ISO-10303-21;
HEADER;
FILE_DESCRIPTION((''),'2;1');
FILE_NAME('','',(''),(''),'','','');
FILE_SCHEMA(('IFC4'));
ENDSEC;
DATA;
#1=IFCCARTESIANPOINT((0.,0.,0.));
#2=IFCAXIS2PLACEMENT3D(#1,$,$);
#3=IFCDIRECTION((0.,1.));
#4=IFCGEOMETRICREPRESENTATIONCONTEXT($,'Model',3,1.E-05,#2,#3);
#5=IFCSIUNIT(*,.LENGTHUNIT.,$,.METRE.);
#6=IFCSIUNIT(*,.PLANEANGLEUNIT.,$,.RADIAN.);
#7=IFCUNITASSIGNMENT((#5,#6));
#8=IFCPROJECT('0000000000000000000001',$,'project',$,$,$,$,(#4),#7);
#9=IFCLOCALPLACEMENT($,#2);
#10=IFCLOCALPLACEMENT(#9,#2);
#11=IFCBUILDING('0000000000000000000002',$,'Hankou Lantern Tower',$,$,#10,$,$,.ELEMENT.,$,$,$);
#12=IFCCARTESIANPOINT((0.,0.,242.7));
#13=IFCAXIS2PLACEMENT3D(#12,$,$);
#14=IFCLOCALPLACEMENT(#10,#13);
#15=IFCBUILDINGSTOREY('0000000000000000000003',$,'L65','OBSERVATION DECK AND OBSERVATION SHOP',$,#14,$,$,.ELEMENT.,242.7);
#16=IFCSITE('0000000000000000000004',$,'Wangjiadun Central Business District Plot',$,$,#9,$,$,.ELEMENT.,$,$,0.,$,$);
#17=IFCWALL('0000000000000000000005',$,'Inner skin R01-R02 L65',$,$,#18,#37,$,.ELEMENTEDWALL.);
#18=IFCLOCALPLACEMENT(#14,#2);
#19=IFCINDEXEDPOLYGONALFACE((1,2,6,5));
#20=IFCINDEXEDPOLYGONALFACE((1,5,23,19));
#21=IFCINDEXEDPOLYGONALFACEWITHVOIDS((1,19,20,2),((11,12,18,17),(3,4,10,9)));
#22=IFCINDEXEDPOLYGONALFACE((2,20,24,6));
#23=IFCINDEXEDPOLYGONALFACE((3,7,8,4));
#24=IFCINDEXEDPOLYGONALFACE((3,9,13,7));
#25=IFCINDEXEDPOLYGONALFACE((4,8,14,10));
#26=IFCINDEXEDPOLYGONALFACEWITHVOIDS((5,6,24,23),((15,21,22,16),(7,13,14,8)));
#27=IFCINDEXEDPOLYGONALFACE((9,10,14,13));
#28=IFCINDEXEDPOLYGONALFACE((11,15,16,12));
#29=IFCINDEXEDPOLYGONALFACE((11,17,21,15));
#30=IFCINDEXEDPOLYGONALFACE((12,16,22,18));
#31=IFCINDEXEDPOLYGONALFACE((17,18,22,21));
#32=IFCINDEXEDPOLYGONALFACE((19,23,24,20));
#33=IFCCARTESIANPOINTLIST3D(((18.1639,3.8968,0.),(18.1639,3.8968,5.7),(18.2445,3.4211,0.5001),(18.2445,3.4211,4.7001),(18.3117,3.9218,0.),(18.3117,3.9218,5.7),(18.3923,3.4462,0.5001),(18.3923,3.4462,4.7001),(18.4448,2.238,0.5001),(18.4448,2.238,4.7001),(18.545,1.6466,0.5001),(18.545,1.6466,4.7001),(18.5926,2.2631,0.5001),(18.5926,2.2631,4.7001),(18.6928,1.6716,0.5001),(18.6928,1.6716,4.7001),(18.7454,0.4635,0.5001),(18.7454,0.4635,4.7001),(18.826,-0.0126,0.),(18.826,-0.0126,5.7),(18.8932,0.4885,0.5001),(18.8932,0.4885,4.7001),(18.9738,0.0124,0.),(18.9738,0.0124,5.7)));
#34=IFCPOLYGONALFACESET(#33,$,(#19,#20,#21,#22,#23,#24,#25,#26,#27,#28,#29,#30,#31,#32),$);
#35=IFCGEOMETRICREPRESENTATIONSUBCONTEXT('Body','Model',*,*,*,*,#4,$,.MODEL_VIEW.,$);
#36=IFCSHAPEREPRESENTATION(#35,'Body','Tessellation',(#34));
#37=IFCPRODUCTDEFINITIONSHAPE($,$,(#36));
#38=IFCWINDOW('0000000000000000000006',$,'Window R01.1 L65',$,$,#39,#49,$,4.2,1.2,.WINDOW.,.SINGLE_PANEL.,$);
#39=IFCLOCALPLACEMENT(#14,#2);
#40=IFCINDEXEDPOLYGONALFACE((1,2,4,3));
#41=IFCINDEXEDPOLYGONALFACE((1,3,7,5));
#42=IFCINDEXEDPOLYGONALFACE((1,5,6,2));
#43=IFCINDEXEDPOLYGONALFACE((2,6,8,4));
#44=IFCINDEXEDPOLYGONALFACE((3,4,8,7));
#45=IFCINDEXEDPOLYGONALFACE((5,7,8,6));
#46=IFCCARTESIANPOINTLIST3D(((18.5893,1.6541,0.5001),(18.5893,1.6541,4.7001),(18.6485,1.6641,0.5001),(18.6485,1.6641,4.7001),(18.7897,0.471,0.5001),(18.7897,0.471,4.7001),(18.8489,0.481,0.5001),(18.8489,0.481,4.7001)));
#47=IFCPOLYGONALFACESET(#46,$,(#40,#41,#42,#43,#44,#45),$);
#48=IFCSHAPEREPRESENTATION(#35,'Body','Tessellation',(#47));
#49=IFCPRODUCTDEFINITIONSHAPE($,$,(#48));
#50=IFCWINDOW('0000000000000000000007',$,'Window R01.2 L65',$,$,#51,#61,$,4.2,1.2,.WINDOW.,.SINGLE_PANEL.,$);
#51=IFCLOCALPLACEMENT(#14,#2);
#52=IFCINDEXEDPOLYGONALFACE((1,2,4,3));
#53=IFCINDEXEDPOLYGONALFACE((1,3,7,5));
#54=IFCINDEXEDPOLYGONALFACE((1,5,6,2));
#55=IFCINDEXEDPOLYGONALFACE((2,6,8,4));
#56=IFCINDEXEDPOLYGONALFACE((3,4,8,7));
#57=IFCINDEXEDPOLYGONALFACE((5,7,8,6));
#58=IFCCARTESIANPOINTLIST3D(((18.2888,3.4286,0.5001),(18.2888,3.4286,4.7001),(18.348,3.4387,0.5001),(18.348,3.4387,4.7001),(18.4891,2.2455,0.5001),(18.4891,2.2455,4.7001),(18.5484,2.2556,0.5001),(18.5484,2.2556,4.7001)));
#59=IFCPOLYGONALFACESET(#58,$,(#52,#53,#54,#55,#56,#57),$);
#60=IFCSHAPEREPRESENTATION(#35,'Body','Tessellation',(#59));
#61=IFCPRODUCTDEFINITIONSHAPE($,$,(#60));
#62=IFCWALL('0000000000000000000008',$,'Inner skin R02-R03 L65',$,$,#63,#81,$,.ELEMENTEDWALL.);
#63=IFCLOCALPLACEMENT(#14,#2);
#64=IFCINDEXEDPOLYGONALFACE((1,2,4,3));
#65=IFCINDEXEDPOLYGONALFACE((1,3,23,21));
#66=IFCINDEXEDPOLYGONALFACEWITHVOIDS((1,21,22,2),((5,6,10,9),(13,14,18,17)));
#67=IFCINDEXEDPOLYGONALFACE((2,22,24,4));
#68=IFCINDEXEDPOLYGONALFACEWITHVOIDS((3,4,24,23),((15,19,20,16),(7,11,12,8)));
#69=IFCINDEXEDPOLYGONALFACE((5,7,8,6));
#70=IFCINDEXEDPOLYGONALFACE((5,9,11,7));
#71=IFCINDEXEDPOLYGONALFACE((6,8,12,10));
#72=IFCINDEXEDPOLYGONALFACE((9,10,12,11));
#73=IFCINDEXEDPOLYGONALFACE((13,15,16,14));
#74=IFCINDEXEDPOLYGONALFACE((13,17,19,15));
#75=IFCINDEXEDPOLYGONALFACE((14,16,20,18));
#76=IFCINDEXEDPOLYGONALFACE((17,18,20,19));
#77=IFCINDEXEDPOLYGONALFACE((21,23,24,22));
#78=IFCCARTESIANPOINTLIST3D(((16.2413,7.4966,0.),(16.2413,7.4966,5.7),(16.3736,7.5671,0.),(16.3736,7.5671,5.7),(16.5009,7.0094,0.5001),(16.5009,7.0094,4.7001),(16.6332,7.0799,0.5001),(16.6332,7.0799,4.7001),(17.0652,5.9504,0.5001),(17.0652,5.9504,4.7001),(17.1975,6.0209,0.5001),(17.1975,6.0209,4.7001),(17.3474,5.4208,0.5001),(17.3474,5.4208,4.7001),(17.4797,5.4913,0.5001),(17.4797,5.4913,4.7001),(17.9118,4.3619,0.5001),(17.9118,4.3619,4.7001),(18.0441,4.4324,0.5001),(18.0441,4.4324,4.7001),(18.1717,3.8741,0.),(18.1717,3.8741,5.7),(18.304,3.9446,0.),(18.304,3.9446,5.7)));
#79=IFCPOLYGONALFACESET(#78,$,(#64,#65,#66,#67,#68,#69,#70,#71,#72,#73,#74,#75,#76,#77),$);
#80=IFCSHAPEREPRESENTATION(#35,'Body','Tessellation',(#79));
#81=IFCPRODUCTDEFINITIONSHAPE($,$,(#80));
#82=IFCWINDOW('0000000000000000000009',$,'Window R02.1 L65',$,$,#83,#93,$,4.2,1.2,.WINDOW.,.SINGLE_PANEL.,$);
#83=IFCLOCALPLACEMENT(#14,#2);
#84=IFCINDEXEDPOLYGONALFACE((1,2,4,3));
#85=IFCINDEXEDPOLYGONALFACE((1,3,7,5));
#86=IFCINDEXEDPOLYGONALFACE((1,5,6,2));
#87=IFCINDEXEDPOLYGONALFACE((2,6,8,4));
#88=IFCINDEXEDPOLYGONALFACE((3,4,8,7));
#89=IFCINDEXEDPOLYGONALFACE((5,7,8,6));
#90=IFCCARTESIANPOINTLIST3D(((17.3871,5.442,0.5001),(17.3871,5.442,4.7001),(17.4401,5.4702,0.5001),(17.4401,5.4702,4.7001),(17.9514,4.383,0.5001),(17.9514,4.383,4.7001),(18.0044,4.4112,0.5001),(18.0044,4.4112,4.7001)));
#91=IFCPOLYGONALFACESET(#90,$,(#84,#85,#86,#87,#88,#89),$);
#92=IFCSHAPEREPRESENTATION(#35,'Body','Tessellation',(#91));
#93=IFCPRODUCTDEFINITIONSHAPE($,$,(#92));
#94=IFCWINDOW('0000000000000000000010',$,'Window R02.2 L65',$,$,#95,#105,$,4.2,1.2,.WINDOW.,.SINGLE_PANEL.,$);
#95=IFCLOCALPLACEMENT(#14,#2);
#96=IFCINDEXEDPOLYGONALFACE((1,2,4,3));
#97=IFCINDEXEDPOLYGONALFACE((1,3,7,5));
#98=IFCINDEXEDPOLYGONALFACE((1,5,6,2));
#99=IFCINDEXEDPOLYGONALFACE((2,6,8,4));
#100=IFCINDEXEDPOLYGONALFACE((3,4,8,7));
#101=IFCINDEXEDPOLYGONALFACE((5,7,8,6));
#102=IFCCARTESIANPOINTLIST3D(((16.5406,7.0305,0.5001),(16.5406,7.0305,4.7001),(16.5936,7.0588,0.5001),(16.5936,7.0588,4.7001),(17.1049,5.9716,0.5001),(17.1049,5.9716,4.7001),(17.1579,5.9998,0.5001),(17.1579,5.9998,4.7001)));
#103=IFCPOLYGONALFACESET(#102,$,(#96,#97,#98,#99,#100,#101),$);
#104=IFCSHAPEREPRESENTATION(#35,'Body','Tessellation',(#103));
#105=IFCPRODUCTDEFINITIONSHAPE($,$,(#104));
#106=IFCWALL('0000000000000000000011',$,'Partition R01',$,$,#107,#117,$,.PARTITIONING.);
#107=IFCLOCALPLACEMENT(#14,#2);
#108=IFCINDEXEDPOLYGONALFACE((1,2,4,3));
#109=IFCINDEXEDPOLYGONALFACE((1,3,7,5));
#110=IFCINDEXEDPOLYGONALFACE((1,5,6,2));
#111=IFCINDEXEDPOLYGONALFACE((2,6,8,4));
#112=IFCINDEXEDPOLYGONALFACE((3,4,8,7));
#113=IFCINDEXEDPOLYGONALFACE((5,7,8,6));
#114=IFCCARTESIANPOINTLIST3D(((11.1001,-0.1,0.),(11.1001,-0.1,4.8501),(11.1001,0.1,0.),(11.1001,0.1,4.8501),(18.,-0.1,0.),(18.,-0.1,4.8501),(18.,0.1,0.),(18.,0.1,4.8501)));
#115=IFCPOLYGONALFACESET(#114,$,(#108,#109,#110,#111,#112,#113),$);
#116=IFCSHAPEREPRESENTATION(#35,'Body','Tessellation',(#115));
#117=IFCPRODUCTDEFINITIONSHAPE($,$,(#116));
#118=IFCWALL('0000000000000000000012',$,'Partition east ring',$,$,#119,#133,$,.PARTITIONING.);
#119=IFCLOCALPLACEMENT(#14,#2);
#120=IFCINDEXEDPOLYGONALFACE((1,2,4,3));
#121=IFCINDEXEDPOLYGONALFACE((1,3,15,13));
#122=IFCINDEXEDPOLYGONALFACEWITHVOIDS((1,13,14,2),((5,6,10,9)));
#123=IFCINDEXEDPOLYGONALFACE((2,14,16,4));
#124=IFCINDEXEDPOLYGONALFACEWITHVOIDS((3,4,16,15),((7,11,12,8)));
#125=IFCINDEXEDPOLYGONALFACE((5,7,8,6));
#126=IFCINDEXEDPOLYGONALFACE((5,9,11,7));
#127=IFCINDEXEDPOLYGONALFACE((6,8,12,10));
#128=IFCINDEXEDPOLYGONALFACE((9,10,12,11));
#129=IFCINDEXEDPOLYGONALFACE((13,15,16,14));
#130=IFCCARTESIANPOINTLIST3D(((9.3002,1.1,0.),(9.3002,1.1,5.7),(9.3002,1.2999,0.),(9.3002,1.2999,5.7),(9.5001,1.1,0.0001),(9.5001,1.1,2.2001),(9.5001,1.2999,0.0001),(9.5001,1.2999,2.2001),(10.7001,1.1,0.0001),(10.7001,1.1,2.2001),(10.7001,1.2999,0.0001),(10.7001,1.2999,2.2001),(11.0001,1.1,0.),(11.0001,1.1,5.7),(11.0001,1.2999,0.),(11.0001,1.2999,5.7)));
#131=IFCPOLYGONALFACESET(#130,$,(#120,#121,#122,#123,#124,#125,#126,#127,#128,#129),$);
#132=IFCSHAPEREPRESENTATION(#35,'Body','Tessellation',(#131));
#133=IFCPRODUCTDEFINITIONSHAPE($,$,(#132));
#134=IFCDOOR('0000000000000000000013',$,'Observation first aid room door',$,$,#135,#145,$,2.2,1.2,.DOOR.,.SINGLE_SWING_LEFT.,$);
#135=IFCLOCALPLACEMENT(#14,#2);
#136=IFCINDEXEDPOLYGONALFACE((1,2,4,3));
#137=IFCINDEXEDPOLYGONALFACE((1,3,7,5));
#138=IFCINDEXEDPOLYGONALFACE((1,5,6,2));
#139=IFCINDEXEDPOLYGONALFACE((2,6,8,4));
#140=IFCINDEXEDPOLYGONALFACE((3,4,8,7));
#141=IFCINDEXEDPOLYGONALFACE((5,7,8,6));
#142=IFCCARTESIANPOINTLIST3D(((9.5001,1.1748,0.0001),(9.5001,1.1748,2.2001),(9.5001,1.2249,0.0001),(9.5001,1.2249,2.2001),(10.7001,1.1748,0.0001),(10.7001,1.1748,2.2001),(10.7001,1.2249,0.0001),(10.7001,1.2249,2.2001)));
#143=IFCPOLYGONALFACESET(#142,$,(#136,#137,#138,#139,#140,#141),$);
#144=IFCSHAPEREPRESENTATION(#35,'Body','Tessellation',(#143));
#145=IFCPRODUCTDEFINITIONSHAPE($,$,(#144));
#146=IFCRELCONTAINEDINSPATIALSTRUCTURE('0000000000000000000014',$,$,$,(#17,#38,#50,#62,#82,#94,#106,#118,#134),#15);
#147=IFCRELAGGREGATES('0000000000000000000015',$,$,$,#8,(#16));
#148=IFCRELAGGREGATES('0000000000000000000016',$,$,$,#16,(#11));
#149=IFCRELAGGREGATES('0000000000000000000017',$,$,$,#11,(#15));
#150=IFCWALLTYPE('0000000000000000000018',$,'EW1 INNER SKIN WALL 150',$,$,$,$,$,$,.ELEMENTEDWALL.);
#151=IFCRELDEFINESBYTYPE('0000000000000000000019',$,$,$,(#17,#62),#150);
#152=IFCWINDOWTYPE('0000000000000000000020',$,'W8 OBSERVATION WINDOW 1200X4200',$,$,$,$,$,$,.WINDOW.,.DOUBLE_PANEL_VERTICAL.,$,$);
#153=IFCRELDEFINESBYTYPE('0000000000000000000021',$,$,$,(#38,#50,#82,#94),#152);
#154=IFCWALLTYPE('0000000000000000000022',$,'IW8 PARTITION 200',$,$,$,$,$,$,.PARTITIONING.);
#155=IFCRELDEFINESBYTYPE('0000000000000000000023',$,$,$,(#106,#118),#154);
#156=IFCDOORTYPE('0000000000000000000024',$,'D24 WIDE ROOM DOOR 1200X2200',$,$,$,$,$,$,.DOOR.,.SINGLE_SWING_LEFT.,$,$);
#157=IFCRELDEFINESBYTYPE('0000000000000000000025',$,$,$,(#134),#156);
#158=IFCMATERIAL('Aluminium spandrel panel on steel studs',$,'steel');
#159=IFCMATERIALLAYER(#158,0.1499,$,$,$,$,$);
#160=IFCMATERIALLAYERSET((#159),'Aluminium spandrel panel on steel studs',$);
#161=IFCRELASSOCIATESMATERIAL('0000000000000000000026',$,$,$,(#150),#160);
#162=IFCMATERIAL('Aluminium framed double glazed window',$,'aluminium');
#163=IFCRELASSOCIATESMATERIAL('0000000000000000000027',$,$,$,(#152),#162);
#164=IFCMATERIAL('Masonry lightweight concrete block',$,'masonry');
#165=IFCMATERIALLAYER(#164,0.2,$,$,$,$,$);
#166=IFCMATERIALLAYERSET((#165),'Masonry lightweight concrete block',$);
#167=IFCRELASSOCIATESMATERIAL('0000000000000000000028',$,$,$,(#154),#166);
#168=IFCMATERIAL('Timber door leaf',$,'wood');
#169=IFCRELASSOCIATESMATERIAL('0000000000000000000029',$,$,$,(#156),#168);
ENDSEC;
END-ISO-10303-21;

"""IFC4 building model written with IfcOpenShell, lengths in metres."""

from ifc_helpers import new_model, si_unit, direction, frame, frame_2d, origin, place, context, subcontext, project, spatial, rectangle, extrude, material, layer, layer_set, type_object, element, fill, save


model = new_model("IFC4")

# Units and contexts
model_context = context("Model", 3, precision=1e-05, world=origin(), true_north=direction((0.0, 1.0)))
body_context = subcontext(model_context, "Body", "Model", "MODEL_VIEW")
ifc_project = project(units=[si_unit("LENGTHUNIT", "METRE"), si_unit("PLANEANGLEUNIT", "RADIAN")], contexts=[model_context])

# Site, building, storey
site_placement = place(None, origin())
site = spatial("IfcSite", under=ifc_project, at=site_placement, Name="Wangjiadun Central Business District Plot", CompositionType="ELEMENT", RefElevation=0.0)
building_placement = place(site_placement, origin())
building = spatial("IfcBuilding", under=site, at=building_placement, Name="Hankou Lantern Tower", CompositionType="ELEMENT")
storey_placement = place(building_placement, frame((0.0, 0.0, 242.7)))
storey = spatial("IfcBuildingStorey", under=building, at=storey_placement, Name="L65", Description="OBSERVATION DECK AND OBSERVATION SHOP", CompositionType="ELEMENT", Elevation=242.7)

# Walls, openings, windows
ifc_material_1 = material(Name="Aluminium spandrel panel on steel studs", Category="steel")
ifc_layer_1 = layer(ifc_material_1, 0.1499)
ifc_layer_set_1 = layer_set([ifc_layer_1], Name="Aluminium spandrel panel on steel studs")
wall_type_1 = type_object("IfcWallType", Name="EW1 INNER SKIN WALL 150", PredefinedType="ELEMENTEDWALL", material=ifc_layer_set_1)
wall_1_placement = place(storey_placement, frame((18.8999, 0.0, 0.0), z_axis=(0.0, 0.0, 1.0), x_axis=(-0.166984, 0.98596, 0.0)))
wall_1 = element("IfcWall", 1, at=wall_1_placement, inside=storey, type_object=wall_type_1, Name="Inner skin R01-R02 L65", PredefinedType="ELEMENTEDWALL", context=body_context, shape_type="SweptSolid", body=[
    extrude(rectangle(XDim=3.9651, YDim=0.1499, at=frame_2d((1.9824, 0.0))), origin(), (0.0, 0.0, 1.0), 5.7),
])
opening_1_placement = place(wall_1_placement, frame((0.4827, 0.0, 0.5)))
opening_1 = element("IfcOpeningElement", 2, at=opening_1_placement, cuts=wall_1, PredefinedType="OPENING", context=body_context, shape_type="SweptSolid", body=[
    extrude(rectangle(XDim=1.2, YDim=4.2, at=frame_2d((0.6001, 2.1001))), frame((0.0, 0.085, 0.0), z_axis=(0.0, -1.0, 0.0), x_axis=(1.0, 0.0, 0.0)), (0.0, 0.0, 1.0), 0.1699),
])
opening_2_placement = place(wall_1_placement, frame((2.2825, 0.0, 0.5)))
opening_2 = element("IfcOpeningElement", 3, at=opening_2_placement, cuts=wall_1, PredefinedType="OPENING", context=body_context, shape_type="SweptSolid", body=[
    extrude(rectangle(XDim=1.2, YDim=4.2, at=frame_2d((0.6001, 2.1001))), frame((0.0, 0.085, 0.0), z_axis=(0.0, -1.0, 0.0), x_axis=(1.0, 0.0, 0.0)), (0.0, 0.0, 1.0), 0.1699),
])
ifc_material_2 = material(Name="Aluminium framed double glazed window", Category="aluminium")
window_type = type_object("IfcWindowType", Name="W8 OBSERVATION WINDOW 1200X4200", PartitioningType="DOUBLE_PANEL_VERTICAL", PredefinedType="WINDOW", material=ifc_material_2)
window_1_placement = place(opening_1_placement, origin())
window_1 = element("IfcWindow", 4, at=window_1_placement, inside=storey, type_object=window_type, Name="Window R01.1 L65", OverallHeight=4.2, OverallWidth=1.2, PartitioningType="SINGLE_PANEL", PredefinedType="WINDOW", context=body_context, shape_type="SweptSolid", body=[
    extrude(rectangle(XDim=1.2, YDim=4.2, at=frame_2d((0.6001, 2.1001))), frame((0.0, 0.03, 0.0), z_axis=(0.0, -1.0, 0.0), x_axis=(1.0, 0.0, 0.0)), (0.0, 0.0, 1.0), 0.0601),
])
fill(opening_1, window_1)
window_2_placement = place(opening_2_placement, origin())
window_2 = element("IfcWindow", 5, at=window_2_placement, inside=storey, type_object=window_type, Name="Window R01.2 L65", OverallHeight=4.2, OverallWidth=1.2, PartitioningType="SINGLE_PANEL", PredefinedType="WINDOW", context=body_context, shape_type="SweptSolid", body=[
    extrude(rectangle(XDim=1.2, YDim=4.2, at=frame_2d((0.6001, 2.1001))), frame((0.0, 0.03, 0.0), z_axis=(0.0, -1.0, 0.0), x_axis=(1.0, 0.0, 0.0)), (0.0, 0.0, 1.0), 0.0601),
])
fill(opening_2, window_2)
wall_2_placement = place(storey_placement, frame((18.2378, 3.9094, 0.0), z_axis=(0.0, 0.0, 1.0), x_axis=(-0.470283, 0.882516, 0.0)))
wall_2 = element("IfcWall", 6, at=wall_2_placement, inside=storey, type_object=wall_type_1, Name="Inner skin R02-R03 L65", PredefinedType="ELEMENTEDWALL", context=body_context, shape_type="SweptSolid", body=[
    extrude(rectangle(XDim=4.1047, YDim=0.1499, at=frame_2d((2.0522, 0.0))), origin(), (0.0, 0.0, 1.0), 5.7),
])
opening_3_placement = place(wall_2_placement, frame((0.5525, 0.0, 0.5)))
opening_3 = element("IfcOpeningElement", 7, at=opening_3_placement, cuts=wall_2, PredefinedType="OPENING", context=body_context, shape_type="SweptSolid", body=[
    extrude(rectangle(XDim=1.2, YDim=4.2, at=frame_2d((0.6001, 2.1001))), frame((0.0, 0.085, 0.0), z_axis=(0.0, -1.0, 0.0), x_axis=(1.0, 0.0, 0.0)), (0.0, 0.0, 1.0), 0.1699),
])
opening_4_placement = place(wall_2_placement, frame((2.3525, 0.0, 0.5)))
opening_4 = element("IfcOpeningElement", 8, at=opening_4_placement, cuts=wall_2, PredefinedType="OPENING", context=body_context, shape_type="SweptSolid", body=[
    extrude(rectangle(XDim=1.2, YDim=4.2, at=frame_2d((0.6001, 2.1001))), frame((0.0, 0.085, 0.0), z_axis=(0.0, -1.0, 0.0), x_axis=(1.0, 0.0, 0.0)), (0.0, 0.0, 1.0), 0.1699),
])
window_3_placement = place(opening_3_placement, origin())
window_3 = element("IfcWindow", 9, at=window_3_placement, inside=storey, type_object=window_type, Name="Window R02.1 L65", OverallHeight=4.2, OverallWidth=1.2, PartitioningType="SINGLE_PANEL", PredefinedType="WINDOW", context=body_context, shape_type="SweptSolid", body=[
    extrude(rectangle(XDim=1.2, YDim=4.2, at=frame_2d((0.6001, 2.1001))), frame((0.0, 0.03, 0.0), z_axis=(0.0, -1.0, 0.0), x_axis=(1.0, 0.0, 0.0)), (0.0, 0.0, 1.0), 0.0601),
])
fill(opening_3, window_3)
window_4_placement = place(opening_4_placement, origin())
window_4 = element("IfcWindow", 10, at=window_4_placement, inside=storey, type_object=window_type, Name="Window R02.2 L65", OverallHeight=4.2, OverallWidth=1.2, PartitioningType="SINGLE_PANEL", PredefinedType="WINDOW", context=body_context, shape_type="SweptSolid", body=[
    extrude(rectangle(XDim=1.2, YDim=4.2, at=frame_2d((0.6001, 2.1001))), frame((0.0, 0.03, 0.0), z_axis=(0.0, -1.0, 0.0), x_axis=(1.0, 0.0, 0.0)), (0.0, 0.0, 1.0), 0.0601),
])
fill(opening_4, window_4)

# Wall
ifc_material_3 = material(Name="Masonry lightweight concrete block", Category="masonry")
ifc_layer_2 = layer(ifc_material_3, 0.2)
ifc_layer_set_2 = layer_set([ifc_layer_2], Name="Masonry lightweight concrete block")
wall_type_2 = type_object("IfcWallType", Name="IW8 PARTITION 200", PredefinedType="PARTITIONING", material=ifc_layer_set_2)
wall_3_placement = place(storey_placement, frame((11.1001, 0.0, 0.0), z_axis=(0.0, 0.0, 1.0), x_axis=(1.0, 0.0, 0.0)))
element("IfcWall", 11, at=wall_3_placement, inside=storey, type_object=wall_type_2, Name="Partition R01", PredefinedType="PARTITIONING", context=body_context, shape_type="SweptSolid", body=[
    extrude(rectangle(XDim=6.8999, YDim=0.2, at=frame_2d((3.45, 0.0))), origin(), (0.0, 0.0, 1.0), 4.8501),
])

# Wall, opening, door
wall_4_placement = place(storey_placement, frame((9.3, 1.2, 0.0), z_axis=(0.0, 0.0, 1.0), x_axis=(1.0, 0.0, 0.0)))
wall_4 = element("IfcWall", 12, at=wall_4_placement, inside=storey, type_object=wall_type_2, Name="Partition east ring", PredefinedType="PARTITIONING", context=body_context, shape_type="SweptSolid", body=[
    extrude(rectangle(XDim=1.7, YDim=0.2, at=frame_2d((0.8501, 0.0))), origin(), (0.0, 0.0, 1.0), 5.7),
])
opening_5_placement = place(wall_4_placement, frame((0.2, 0.0, 0.0)))
opening_5 = element("IfcOpeningElement", 13, at=opening_5_placement, cuts=wall_4, PredefinedType="OPENING", context=body_context, shape_type="SweptSolid", body=[
    extrude(rectangle(XDim=1.2, YDim=2.2, at=frame_2d((0.6001, 1.1001))), frame((0.0, 0.1099, 0.0), z_axis=(0.0, -1.0, 0.0), x_axis=(1.0, 0.0, 0.0)), (0.0, 0.0, 1.0), 0.22),
])
ifc_material_4 = material(Name="Timber door leaf", Category="wood")
door_type = type_object("IfcDoorType", Name="D24 WIDE ROOM DOOR 1200X2200", OperationType="SINGLE_SWING_LEFT", PredefinedType="DOOR", material=ifc_material_4)
door_placement = place(opening_5_placement, origin())
door = element("IfcDoor", 14, at=door_placement, inside=storey, type_object=door_type, Name="Observation first aid room door", OperationType="SINGLE_SWING_LEFT", OverallHeight=2.2, OverallWidth=1.2, PredefinedType="DOOR", context=body_context, shape_type="SweptSolid", body=[
    extrude(rectangle(XDim=1.2, YDim=2.2, at=frame_2d((0.6001, 1.1001))), frame((0.0, 0.0249, 0.0), z_axis=(0.0, -1.0, 0.0), x_axis=(1.0, 0.0, 0.0)), (0.0, 0.0, 1.0), 0.05),
])
fill(opening_5, door)

save(model, "model.ifc")
